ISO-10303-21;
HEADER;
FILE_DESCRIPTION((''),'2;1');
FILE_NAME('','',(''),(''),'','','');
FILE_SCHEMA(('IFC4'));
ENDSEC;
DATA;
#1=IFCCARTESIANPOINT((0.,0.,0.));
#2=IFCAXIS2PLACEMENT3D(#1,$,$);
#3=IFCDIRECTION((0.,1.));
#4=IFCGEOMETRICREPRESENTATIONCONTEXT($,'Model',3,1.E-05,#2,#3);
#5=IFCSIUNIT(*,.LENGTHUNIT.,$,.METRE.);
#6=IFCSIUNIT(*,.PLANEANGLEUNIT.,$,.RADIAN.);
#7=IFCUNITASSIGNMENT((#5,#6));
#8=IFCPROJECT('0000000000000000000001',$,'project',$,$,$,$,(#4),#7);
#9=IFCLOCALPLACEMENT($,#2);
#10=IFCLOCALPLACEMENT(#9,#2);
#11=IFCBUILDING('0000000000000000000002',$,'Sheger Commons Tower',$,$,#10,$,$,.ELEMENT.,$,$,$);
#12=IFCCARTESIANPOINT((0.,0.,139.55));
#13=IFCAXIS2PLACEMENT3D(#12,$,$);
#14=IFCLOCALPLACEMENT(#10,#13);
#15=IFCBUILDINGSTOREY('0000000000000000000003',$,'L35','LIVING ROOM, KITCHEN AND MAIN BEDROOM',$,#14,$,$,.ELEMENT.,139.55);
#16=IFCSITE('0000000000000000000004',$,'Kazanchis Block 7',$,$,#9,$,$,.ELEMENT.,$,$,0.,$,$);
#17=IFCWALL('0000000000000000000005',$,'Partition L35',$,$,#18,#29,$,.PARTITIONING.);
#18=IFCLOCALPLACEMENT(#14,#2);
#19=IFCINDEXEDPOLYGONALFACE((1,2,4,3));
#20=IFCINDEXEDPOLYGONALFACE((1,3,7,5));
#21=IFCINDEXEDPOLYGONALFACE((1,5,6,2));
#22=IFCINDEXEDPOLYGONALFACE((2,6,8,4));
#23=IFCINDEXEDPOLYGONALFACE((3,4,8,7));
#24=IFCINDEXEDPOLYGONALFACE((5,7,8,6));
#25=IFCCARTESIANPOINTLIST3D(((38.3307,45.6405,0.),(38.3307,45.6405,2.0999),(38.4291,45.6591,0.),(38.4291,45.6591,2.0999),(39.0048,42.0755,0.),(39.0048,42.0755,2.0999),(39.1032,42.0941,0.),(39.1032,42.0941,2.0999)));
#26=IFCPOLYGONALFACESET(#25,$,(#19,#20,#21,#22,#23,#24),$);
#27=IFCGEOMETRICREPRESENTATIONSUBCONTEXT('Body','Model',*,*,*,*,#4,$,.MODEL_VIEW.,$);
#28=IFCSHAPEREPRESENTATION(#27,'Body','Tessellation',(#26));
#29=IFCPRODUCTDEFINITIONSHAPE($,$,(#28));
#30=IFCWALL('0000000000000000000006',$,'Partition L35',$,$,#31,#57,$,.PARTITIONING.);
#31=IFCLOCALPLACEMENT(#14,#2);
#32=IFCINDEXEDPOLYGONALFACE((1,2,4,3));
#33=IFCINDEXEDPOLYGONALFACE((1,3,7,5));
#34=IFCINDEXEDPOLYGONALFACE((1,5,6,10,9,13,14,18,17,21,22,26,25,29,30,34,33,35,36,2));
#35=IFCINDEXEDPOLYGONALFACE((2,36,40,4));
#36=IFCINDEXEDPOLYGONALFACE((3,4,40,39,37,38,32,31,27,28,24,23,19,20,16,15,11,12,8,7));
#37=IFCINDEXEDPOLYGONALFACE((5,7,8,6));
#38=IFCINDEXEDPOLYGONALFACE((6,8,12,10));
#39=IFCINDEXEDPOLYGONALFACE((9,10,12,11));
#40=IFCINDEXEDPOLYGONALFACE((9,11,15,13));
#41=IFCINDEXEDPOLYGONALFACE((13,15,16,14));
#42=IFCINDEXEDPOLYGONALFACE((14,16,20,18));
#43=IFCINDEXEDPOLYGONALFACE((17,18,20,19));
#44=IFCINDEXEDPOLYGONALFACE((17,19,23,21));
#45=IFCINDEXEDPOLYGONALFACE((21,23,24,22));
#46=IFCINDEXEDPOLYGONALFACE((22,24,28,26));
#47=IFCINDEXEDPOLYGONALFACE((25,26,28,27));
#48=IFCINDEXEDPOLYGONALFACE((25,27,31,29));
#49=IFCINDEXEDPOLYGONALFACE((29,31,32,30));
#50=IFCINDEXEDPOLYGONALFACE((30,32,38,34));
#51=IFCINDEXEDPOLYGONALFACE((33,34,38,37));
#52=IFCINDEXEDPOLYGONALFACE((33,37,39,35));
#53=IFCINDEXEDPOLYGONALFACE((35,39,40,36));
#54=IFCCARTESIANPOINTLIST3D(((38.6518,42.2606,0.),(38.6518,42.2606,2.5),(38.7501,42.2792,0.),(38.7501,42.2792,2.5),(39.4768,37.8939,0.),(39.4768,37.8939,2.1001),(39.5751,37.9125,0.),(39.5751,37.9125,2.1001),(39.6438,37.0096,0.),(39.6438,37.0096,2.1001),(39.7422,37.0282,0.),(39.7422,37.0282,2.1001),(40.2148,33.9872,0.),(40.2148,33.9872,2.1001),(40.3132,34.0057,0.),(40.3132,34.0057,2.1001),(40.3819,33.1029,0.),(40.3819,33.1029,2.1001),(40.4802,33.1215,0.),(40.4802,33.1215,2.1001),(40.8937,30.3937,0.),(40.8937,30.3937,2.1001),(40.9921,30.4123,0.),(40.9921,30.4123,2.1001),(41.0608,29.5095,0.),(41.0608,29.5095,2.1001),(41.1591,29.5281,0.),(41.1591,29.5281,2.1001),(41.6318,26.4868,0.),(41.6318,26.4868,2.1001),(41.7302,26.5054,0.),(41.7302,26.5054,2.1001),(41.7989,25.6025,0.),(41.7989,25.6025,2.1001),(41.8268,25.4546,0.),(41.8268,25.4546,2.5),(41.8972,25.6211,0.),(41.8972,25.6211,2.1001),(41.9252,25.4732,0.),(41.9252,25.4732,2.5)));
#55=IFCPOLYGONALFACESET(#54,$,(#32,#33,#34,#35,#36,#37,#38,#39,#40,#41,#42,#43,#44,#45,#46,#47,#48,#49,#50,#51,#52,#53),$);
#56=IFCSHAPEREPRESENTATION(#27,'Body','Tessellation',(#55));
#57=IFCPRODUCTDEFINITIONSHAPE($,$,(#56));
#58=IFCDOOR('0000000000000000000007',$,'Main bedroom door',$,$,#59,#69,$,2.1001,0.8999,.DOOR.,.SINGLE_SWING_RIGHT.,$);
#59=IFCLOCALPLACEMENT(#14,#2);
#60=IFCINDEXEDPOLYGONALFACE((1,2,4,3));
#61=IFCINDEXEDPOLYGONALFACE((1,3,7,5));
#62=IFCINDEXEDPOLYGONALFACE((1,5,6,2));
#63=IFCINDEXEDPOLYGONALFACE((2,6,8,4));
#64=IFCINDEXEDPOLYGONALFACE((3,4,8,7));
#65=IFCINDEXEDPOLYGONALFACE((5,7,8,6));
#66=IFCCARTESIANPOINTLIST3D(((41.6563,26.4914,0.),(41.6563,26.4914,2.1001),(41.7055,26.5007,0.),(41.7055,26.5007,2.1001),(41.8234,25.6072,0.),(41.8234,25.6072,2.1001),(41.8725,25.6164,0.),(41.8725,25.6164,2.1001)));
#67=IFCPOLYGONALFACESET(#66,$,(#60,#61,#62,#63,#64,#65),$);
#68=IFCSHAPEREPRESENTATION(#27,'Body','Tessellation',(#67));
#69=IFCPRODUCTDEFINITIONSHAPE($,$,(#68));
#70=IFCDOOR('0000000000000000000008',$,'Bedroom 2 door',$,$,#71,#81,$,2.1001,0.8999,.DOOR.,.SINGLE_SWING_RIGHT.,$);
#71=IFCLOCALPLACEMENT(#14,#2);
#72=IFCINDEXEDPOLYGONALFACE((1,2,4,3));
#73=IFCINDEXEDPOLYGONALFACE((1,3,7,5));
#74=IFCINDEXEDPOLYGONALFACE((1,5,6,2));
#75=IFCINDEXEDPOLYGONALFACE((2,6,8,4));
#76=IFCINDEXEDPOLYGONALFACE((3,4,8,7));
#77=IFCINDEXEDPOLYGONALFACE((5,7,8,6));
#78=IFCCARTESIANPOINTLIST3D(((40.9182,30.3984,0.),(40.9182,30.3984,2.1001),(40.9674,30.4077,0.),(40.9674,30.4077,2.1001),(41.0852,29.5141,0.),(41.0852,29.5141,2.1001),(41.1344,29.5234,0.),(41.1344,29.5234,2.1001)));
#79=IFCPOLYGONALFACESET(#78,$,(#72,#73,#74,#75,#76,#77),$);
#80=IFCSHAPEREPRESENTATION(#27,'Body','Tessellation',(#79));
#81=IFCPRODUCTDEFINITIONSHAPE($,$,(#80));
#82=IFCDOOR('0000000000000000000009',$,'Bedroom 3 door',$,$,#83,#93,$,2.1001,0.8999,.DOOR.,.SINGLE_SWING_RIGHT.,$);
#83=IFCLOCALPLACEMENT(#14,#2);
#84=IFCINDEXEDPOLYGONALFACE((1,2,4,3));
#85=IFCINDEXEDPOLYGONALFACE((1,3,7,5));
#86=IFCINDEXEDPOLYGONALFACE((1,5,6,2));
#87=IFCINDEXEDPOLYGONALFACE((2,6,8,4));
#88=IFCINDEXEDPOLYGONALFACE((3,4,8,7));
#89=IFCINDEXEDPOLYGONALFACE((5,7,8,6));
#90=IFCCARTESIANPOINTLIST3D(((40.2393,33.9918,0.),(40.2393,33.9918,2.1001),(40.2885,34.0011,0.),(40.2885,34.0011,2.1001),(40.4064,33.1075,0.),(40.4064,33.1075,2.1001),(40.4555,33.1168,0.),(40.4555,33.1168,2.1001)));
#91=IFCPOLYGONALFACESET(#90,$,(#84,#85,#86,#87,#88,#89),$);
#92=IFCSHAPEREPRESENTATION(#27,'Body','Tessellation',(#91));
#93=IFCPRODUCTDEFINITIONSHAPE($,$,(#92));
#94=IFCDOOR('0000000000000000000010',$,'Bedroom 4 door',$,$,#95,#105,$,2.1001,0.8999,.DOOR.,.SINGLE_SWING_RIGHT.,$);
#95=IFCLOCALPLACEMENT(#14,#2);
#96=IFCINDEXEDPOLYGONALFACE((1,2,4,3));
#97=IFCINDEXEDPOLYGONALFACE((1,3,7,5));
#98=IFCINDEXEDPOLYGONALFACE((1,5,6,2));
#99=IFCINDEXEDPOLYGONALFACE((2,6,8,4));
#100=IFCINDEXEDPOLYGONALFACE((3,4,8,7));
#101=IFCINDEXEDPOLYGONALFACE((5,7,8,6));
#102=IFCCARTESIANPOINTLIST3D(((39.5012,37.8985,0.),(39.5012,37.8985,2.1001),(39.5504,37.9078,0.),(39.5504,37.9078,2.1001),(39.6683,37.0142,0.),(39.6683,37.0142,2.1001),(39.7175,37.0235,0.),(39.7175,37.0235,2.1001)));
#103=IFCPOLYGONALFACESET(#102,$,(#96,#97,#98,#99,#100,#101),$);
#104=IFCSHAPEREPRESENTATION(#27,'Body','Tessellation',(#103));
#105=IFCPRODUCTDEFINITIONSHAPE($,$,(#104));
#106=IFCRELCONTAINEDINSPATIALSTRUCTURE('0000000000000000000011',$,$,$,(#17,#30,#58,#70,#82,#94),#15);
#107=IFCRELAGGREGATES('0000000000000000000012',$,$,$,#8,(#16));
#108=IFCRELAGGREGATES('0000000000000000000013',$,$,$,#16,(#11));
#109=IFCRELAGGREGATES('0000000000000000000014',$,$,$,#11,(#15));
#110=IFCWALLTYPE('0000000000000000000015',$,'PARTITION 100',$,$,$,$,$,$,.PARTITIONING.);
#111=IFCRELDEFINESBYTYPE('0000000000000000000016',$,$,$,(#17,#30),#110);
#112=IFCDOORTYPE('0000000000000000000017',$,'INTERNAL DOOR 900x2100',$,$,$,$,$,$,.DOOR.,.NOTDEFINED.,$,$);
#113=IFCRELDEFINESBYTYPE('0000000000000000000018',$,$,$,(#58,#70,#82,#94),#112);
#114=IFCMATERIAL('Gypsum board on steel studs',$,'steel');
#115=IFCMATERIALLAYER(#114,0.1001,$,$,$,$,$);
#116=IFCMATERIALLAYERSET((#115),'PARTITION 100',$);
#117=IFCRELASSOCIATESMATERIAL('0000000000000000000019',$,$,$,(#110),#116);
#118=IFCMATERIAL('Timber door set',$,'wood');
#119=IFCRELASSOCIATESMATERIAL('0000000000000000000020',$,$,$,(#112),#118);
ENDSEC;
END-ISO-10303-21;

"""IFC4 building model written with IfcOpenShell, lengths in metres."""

from ifc_helpers import new_model, si_unit, direction, frame, frame_2d, origin, place, context, subcontext, project, spatial, rectangle, extrude, material, layer, layer_set, type_object, element, fill, save


model = new_model("IFC4")

# Units and contexts
model_context = context("Model", 3, precision=1e-05, world=origin(), true_north=direction((0.0, 1.0)))
body_context = subcontext(model_context, "Body", "Model", "MODEL_VIEW")
ifc_project = project(units=[si_unit("LENGTHUNIT", "METRE"), si_unit("PLANEANGLEUNIT", "RADIAN")], contexts=[model_context])

# Site, building, storey
site_placement = place(None, origin())
site = spatial("IfcSite", under=ifc_project, at=site_placement, Name="Kazanchis Block 7", CompositionType="ELEMENT", RefElevation=0.0)
building_placement = place(site_placement, origin())
building = spatial("IfcBuilding", under=site, at=building_placement, Name="Sheger Commons Tower", CompositionType="ELEMENT")
storey_placement = place(building_placement, frame((0.0, 0.0, 139.55)))
storey = spatial("IfcBuildingStorey", under=building, at=storey_placement, Name="L35", Description="LIVING ROOM, KITCHEN AND MAIN BEDROOM", CompositionType="ELEMENT", Elevation=139.55)

# Wall
ifc_material_1 = material(Name="Gypsum board on steel studs", Category="steel")
ifc_layer = layer(ifc_material_1, 0.1001)
ifc_layer_set = layer_set([ifc_layer], Name="PARTITION 100")
wall_type = type_object("IfcWallType", Name="PARTITION 100", PredefinedType="PARTITIONING", material=ifc_layer_set)
wall_1_placement = place(storey_placement, frame((39.054, 42.085, 0.0), z_axis=(0.0, 0.0, 1.0), x_axis=(-0.185792, 0.982589, 0.0)))
element("IfcWall", 1, at=wall_1_placement, inside=storey, type_object=wall_type, Name="Partition L35", PredefinedType="PARTITIONING", context=body_context, shape_type="SweptSolid", body=[
    extrude(rectangle(XDim=3.6282, YDim=0.1001, at=frame_2d((1.814, 0.0))), origin(), (0.0, 0.0, 1.0), 2.0999),
])

# Wall, openings, doors
wall_2_placement = place(storey_placement, frame((38.7009, 42.27, 0.0), z_axis=(0.0, 0.0, 1.0), x_axis=(0.185641, -0.982618, 0.0)))
wall_2 = element("IfcWall", 2, at=wall_2_placement, inside=storey, type_object=wall_type, Name="Partition L35", PredefinedType="PARTITIONING", context=body_context, shape_type="SweptSolid", body=[
    extrude(rectangle(XDim=17.1033, YDim=0.1001, at=frame_2d((8.5518, 0.0))), origin(), (0.0, 0.0, 1.0), 2.5),
])
opening_1_placement = place(wall_2_placement, frame((16.053, 0.0, 0.0)))
opening_1 = element("IfcOpeningElement", 3, at=opening_1_placement, cuts=wall_2, PredefinedType="OPENING", context=body_context, shape_type="SweptSolid", body=[
    extrude(rectangle(XDim=0.8999, YDim=2.1001, at=frame_2d((0.45, 1.05))), frame((0.0, 0.0601, 0.0), z_axis=(0.0, -1.0, 0.0), x_axis=(1.0, 0.0, 0.0)), (0.0, 0.0, 1.0), 0.1201),
])
opening_2_placement = place(wall_2_placement, frame((12.0769, 0.0, 0.0)))
opening_2 = element("IfcOpeningElement", 4, at=opening_2_placement, cuts=wall_2, PredefinedType="OPENING", context=body_context, shape_type="SweptSolid", body=[
    extrude(rectangle(XDim=0.8999, YDim=2.1001, at=frame_2d((0.45, 1.05))), frame((0.0, 0.0601, 0.0), z_axis=(0.0, -1.0, 0.0), x_axis=(1.0, 0.0, 0.0)), (0.0, 0.0, 1.0), 0.1201),
])
opening_3_placement = place(wall_2_placement, frame((8.4199, 0.0, 0.0)))
opening_3 = element("IfcOpeningElement", 5, at=opening_3_placement, cuts=wall_2, PredefinedType="OPENING", context=body_context, shape_type="SweptSolid", body=[
    extrude(rectangle(XDim=0.8999, YDim=2.1001, at=frame_2d((0.45, 1.05))), frame((0.0, 0.0601, 0.0), z_axis=(0.0, -1.0, 0.0), x_axis=(1.0, 0.0, 0.0)), (0.0, 0.0, 1.0), 0.1201),
])
opening_4_placement = place(wall_2_placement, frame((4.4441, 0.0, 0.0)))
opening_4 = element("IfcOpeningElement", 6, at=opening_4_placement, cuts=wall_2, PredefinedType="OPENING", context=body_context, shape_type="SweptSolid", body=[
    extrude(rectangle(XDim=0.8999, YDim=2.1001, at=frame_2d((0.45, 1.05))), frame((0.0, 0.0601, 0.0), z_axis=(0.0, -1.0, 0.0), x_axis=(1.0, 0.0, 0.0)), (0.0, 0.0, 1.0), 0.1201),
])
ifc_material_2 = material(Name="Timber door set", Category="wood")
door_type = type_object("IfcDoorType", Name="INTERNAL DOOR 900x2100", OperationType="NOTDEFINED", PredefinedType="DOOR", material=ifc_material_2)
door_1_placement = place(opening_1_placement, origin())
door_1 = element("IfcDoor", 7, at=door_1_placement, inside=storey, type_object=door_type, Name="Main bedroom door", OperationType="SINGLE_SWING_RIGHT", OverallHeight=2.1001, OverallWidth=0.8999, PredefinedType="DOOR", context=body_context, shape_type="SweptSolid", body=[
    extrude(rectangle(XDim=0.8999, YDim=2.1001, at=frame_2d((0.45, 1.05))), frame((0.0, 0.0249, 0.0), z_axis=(0.0, -1.0, 0.0), x_axis=(1.0, 0.0, 0.0)), (0.0, 0.0, 1.0), 0.05),
])
fill(opening_1, door_1)
door_2_placement = place(opening_2_placement, origin())
door_2 = element("IfcDoor", 8, at=door_2_placement, inside=storey, type_object=door_type, Name="Bedroom 2 door", OperationType="SINGLE_SWING_RIGHT", OverallHeight=2.1001, OverallWidth=0.8999, PredefinedType="DOOR", context=body_context, shape_type="SweptSolid", body=[
    extrude(rectangle(XDim=0.8999, YDim=2.1001, at=frame_2d((0.45, 1.05))), frame((0.0, 0.0249, 0.0), z_axis=(0.0, -1.0, 0.0), x_axis=(1.0, 0.0, 0.0)), (0.0, 0.0, 1.0), 0.05),
])
fill(opening_2, door_2)
door_3_placement = place(opening_3_placement, origin())
door_3 = element("IfcDoor", 9, at=door_3_placement, inside=storey, type_object=door_type, Name="Bedroom 3 door", OperationType="SINGLE_SWING_RIGHT", OverallHeight=2.1001, OverallWidth=0.8999, PredefinedType="DOOR", context=body_context, shape_type="SweptSolid", body=[
    extrude(rectangle(XDim=0.8999, YDim=2.1001, at=frame_2d((0.45, 1.05))), frame((0.0, 0.0249, 0.0), z_axis=(0.0, -1.0, 0.0), x_axis=(1.0, 0.0, 0.0)), (0.0, 0.0, 1.0), 0.05),
])
fill(opening_3, door_3)
door_4_placement = place(opening_4_placement, origin())
door_4 = element("IfcDoor", 10, at=door_4_placement, inside=storey, type_object=door_type, Name="Bedroom 4 door", OperationType="SINGLE_SWING_RIGHT", OverallHeight=2.1001, OverallWidth=0.8999, PredefinedType="DOOR", context=body_context, shape_type="SweptSolid", body=[
    extrude(rectangle(XDim=0.8999, YDim=2.1001, at=frame_2d((0.45, 1.05))), frame((0.0, 0.0249, 0.0), z_axis=(0.0, -1.0, 0.0), x_axis=(1.0, 0.0, 0.0)), (0.0, 0.0, 1.0), 0.05),
])
fill(opening_4, door_4)

save(model, "model.ifc")
